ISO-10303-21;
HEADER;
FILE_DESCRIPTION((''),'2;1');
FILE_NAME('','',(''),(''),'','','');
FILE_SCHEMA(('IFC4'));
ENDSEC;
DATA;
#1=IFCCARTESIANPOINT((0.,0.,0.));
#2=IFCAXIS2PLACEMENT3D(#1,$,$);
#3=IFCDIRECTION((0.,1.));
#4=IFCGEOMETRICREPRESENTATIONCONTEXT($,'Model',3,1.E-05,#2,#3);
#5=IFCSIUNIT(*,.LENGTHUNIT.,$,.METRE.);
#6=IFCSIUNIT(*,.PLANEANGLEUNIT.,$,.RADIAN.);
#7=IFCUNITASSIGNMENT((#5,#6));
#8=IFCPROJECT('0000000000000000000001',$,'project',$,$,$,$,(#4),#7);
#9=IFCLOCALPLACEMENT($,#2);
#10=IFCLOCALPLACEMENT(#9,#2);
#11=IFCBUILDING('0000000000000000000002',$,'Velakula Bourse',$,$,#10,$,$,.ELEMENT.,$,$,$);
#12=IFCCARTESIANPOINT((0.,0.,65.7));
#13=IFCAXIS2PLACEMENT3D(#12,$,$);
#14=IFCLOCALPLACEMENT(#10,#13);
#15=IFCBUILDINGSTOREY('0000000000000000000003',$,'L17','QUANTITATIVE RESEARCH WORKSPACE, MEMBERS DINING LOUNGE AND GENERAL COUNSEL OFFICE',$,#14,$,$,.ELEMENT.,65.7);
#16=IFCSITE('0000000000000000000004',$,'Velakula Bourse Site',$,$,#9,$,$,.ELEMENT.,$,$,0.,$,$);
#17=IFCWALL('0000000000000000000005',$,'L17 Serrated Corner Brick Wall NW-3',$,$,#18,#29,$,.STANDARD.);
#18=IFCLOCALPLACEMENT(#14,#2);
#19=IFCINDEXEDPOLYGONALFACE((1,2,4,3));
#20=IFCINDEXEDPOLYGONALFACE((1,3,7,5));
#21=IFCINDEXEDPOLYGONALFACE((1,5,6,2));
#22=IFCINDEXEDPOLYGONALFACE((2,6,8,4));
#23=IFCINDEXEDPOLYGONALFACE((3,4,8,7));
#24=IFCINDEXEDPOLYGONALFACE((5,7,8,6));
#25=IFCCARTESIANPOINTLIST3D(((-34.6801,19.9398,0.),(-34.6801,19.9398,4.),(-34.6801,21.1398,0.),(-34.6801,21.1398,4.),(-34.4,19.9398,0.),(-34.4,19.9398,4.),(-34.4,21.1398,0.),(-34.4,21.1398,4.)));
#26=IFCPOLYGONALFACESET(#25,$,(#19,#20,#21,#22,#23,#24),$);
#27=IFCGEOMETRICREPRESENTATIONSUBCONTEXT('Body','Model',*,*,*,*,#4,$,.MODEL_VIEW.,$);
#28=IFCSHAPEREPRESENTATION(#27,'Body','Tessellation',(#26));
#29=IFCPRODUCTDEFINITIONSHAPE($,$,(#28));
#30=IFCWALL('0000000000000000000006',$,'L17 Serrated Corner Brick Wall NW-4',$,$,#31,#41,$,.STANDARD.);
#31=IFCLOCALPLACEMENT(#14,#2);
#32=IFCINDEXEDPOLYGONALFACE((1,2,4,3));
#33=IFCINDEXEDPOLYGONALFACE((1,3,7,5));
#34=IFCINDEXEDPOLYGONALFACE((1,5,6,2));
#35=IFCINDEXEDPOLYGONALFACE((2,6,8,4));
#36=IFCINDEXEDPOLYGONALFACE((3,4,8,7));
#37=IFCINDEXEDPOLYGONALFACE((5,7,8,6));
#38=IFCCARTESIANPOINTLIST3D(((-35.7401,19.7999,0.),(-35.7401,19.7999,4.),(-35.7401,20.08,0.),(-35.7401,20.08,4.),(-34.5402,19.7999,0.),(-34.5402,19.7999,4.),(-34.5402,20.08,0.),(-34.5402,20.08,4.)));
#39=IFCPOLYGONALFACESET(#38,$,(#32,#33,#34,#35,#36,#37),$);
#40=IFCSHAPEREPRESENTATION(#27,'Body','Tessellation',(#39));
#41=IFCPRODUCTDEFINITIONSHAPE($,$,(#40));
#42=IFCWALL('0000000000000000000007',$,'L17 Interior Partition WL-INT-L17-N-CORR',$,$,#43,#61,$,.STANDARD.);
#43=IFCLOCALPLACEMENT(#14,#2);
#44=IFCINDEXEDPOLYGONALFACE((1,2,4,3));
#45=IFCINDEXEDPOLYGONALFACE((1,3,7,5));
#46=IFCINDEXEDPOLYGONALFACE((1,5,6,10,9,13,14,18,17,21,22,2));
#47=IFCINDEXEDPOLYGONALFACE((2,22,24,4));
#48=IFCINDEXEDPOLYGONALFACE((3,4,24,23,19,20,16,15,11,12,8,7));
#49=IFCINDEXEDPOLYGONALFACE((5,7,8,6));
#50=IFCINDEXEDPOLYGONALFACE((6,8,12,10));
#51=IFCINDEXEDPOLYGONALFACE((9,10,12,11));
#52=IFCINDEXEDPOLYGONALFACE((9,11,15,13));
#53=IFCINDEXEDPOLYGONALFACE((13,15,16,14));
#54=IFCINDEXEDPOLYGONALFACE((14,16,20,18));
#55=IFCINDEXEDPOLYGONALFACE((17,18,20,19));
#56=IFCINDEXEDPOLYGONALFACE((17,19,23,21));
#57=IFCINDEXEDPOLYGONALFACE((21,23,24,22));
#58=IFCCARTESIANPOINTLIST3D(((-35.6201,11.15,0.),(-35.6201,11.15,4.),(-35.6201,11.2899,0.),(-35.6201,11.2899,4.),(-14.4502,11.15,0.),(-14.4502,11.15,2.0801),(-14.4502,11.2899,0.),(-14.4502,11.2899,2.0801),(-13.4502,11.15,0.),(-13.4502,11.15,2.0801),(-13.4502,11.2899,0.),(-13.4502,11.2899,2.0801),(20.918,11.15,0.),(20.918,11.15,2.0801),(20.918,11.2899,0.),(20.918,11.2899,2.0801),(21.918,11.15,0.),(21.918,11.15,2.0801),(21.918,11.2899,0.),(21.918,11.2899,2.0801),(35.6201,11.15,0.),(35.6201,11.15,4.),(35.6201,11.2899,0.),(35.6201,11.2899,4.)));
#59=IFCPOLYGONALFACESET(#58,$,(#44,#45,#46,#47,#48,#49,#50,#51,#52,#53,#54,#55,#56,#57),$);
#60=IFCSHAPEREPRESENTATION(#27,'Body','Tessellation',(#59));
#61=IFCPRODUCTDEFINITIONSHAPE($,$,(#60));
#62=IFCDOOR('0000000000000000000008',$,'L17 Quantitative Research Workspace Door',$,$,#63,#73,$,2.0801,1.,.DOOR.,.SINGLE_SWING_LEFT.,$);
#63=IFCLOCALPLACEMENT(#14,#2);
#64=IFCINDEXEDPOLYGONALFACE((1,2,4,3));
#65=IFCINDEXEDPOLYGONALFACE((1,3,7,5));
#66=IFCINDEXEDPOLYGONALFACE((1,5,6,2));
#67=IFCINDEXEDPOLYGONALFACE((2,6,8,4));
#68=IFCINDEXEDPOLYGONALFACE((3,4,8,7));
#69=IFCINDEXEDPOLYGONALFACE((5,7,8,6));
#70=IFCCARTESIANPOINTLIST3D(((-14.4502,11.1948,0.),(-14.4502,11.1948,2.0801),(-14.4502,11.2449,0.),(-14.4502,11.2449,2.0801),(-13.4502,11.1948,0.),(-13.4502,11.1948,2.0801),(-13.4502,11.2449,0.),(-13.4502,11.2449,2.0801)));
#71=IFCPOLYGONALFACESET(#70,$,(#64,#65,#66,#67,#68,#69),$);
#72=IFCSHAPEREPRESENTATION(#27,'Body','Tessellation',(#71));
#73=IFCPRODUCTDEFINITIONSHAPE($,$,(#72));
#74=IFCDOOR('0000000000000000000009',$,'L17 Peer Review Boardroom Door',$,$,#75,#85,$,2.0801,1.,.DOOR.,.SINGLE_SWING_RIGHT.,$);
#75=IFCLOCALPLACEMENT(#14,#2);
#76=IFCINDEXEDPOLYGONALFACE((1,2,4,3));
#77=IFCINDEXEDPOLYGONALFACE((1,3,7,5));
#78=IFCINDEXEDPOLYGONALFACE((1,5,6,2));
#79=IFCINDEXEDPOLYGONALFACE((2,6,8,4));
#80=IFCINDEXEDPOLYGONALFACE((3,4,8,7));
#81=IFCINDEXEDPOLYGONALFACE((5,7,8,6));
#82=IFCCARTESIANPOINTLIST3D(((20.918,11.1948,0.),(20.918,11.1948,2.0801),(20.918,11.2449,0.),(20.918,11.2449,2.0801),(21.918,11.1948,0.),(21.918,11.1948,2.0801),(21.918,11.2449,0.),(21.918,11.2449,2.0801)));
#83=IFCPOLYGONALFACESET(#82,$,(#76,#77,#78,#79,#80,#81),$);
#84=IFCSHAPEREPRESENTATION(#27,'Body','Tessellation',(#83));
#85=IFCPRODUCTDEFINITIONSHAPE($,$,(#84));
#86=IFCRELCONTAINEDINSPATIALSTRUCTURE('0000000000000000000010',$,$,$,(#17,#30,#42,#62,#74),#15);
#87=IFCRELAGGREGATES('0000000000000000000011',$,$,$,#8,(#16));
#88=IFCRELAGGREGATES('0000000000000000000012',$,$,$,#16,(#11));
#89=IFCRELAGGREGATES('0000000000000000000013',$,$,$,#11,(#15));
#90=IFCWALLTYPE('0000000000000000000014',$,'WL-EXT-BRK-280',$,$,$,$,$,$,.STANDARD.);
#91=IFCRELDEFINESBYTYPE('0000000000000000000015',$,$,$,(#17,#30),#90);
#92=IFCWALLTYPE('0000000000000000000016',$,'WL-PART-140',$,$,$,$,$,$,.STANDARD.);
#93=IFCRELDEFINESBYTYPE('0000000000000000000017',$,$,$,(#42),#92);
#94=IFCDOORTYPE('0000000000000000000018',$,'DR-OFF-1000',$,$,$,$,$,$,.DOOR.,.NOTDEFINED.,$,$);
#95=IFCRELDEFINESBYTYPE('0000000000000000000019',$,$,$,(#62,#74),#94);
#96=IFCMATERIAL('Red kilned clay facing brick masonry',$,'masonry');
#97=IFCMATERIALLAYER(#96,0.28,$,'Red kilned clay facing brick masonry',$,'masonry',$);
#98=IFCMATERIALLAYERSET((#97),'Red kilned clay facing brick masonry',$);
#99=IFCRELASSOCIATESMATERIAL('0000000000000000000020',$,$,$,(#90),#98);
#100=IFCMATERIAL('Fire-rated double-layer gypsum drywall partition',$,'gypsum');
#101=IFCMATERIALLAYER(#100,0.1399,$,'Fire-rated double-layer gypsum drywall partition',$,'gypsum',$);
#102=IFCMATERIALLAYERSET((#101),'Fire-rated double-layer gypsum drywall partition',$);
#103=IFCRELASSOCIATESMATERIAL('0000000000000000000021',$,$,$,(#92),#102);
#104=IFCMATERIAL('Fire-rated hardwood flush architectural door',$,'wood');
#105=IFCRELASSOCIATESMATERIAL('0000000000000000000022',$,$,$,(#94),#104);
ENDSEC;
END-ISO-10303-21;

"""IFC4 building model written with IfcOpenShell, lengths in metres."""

from ifc_helpers import new_model, si_unit, direction, frame, frame_2d, origin, place, context, subcontext, project, spatial, rectangle, extrude, material, layer, layer_set, type_object, element, fill, save


model = new_model("IFC4")

# Units and contexts
model_context = context("Model", 3, precision=1e-05, world=origin(), true_north=direction((0.0, 1.0)))
body_context = subcontext(model_context, "Body", "Model", "MODEL_VIEW")
ifc_project = project(units=[si_unit("LENGTHUNIT", "METRE"), si_unit("PLANEANGLEUNIT", "RADIAN")], contexts=[model_context])

# Site, building, storey
site_placement = place(None, origin())
site = spatial("IfcSite", under=ifc_project, at=site_placement, Name="Velakula Bourse Site", CompositionType="ELEMENT", RefElevation=0.0)
building_placement = place(site_placement, origin())
building = spatial("IfcBuilding", under=site, at=building_placement, Name="Velakula Bourse", CompositionType="ELEMENT")
storey_placement = place(building_placement, frame((0.0, 0.0, 65.7)))
storey = spatial("IfcBuildingStorey", under=building, at=storey_placement, Name="L17", Description="QUANTITATIVE RESEARCH WORKSPACE, MEMBERS DINING LOUNGE AND GENERAL COUNSEL OFFICE", CompositionType="ELEMENT", Elevation=65.7)

# Walls
ifc_material_1 = material(Name="Red kilned clay facing brick masonry", Category="masonry")
ifc_layer_1 = layer(ifc_material_1, 0.28, Name="Red kilned clay facing brick masonry", Category="masonry")
ifc_layer_set_1 = layer_set([ifc_layer_1], Name="Red kilned clay facing brick masonry")
wall_type_1 = type_object("IfcWallType", Name="WL-EXT-BRK-280", PredefinedType="STANDARD", material=ifc_layer_set_1)
for number, where, z_axis, x_axis, name in (
    (1, (-34.54, 21.1399, 0.0), (0.0, 0.0, 1.0), (0.0, -1.0, 0.0), "L17 Serrated Corner Brick Wall NW-3"),
    (2, (-34.54, 19.9399, 0.0), (0.0, 0.0, 1.0), (-1.0, 0.0, 0.0), "L17 Serrated Corner Brick Wall NW-4"),
):
    element("IfcWall", number, at=place(storey_placement, frame(where, z_axis=z_axis, x_axis=x_axis)), inside=storey, type_object=wall_type_1, Name=name, PredefinedType="STANDARD", context=body_context, shape_type="SweptSolid", body=[
        extrude(rectangle(XDim=1.2, YDim=0.28, at=frame_2d((0.6001, 0.0))), origin(), (0.0, 0.0, 1.0), 4.0),
    ])

# Wall, openings, doors
ifc_material_2 = material(Name="Fire-rated double-layer gypsum drywall partition", Category="gypsum")
ifc_layer_2 = layer(ifc_material_2, 0.1399, Name="Fire-rated double-layer gypsum drywall partition", Category="gypsum")
ifc_layer_set_2 = layer_set([ifc_layer_2], Name="Fire-rated double-layer gypsum drywall partition")
wall_type_2 = type_object("IfcWallType", Name="WL-PART-140", PredefinedType="STANDARD", material=ifc_layer_set_2)
wall_1_placement = place(storey_placement, frame((-35.6201, 11.22, 0.0), z_axis=(0.0, 0.0, 1.0), x_axis=(1.0, 0.0, 0.0)))
wall_1 = element("IfcWall", 3, at=wall_1_placement, inside=storey, type_object=wall_type_2, Name="L17 Interior Partition WL-INT-L17-N-CORR", PredefinedType="STANDARD", context=body_context, shape_type="SweptSolid", body=[
    extrude(rectangle(XDim=71.2402, YDim=0.1399, at=frame_2d((35.6201, 0.0))), origin(), (0.0, 0.0, 1.0), 4.0),
])
opening_1_placement = place(wall_1_placement, frame((21.1699, 0.0, 0.0)))
opening_1 = element("IfcOpeningElement", 4, at=opening_1_placement, cuts=wall_1, PredefinedType="OPENING", context=body_context, shape_type="SweptSolid", body=[
    extrude(rectangle(XDim=1.0, YDim=2.0801, at=frame_2d((0.5, 1.04))), frame((0.0, 0.0798, 0.0), z_axis=(0.0, -1.0, 0.0), x_axis=(1.0, 0.0, 0.0)), (0.0, 0.0, 1.0), 0.1599),
])
opening_2_placement = place(wall_1_placement, frame((56.5381, 0.0, 0.0)))
opening_2 = element("IfcOpeningElement", 5, at=opening_2_placement, cuts=wall_1, PredefinedType="OPENING", context=body_context, shape_type="SweptSolid", body=[
    extrude(rectangle(XDim=1.0, YDim=2.0801, at=frame_2d((0.5, 1.04))), frame((0.0, 0.0798, 0.0), z_axis=(0.0, -1.0, 0.0), x_axis=(1.0, 0.0, 0.0)), (0.0, 0.0, 1.0), 0.1599),
])
ifc_material_3 = material(Name="Fire-rated hardwood flush architectural door", Category="wood")
door_type = type_object("IfcDoorType", Name="DR-OFF-1000", OperationType="NOTDEFINED", PredefinedType="DOOR", material=ifc_material_3)
door_1_placement = place(opening_1_placement, origin())
door_1 = element("IfcDoor", 6, at=door_1_placement, inside=storey, type_object=door_type, Name="L17 Quantitative Research Workspace Door", OperationType="SINGLE_SWING_LEFT", OverallHeight=2.0801, OverallWidth=1.0, PredefinedType="DOOR", context=body_context, shape_type="SweptSolid", body=[
    extrude(rectangle(XDim=1.0, YDim=2.0801, at=frame_2d((0.5, 1.04))), frame((0.0, 0.0249, 0.0), z_axis=(0.0, -1.0, 0.0), x_axis=(1.0, 0.0, 0.0)), (0.0, 0.0, 1.0), 0.05),
])
fill(opening_1, door_1)
door_2_placement = place(opening_2_placement, origin())
door_2 = element("IfcDoor", 7, at=door_2_placement, inside=storey, type_object=door_type, Name="L17 Peer Review Boardroom Door", OperationType="SINGLE_SWING_RIGHT", OverallHeight=2.0801, OverallWidth=1.0, PredefinedType="DOOR", context=body_context, shape_type="SweptSolid", body=[
    extrude(rectangle(XDim=1.0, YDim=2.0801, at=frame_2d((0.5, 1.04))), frame((0.0, 0.0249, 0.0), z_axis=(0.0, -1.0, 0.0), x_axis=(1.0, 0.0, 0.0)), (0.0, 0.0, 1.0), 0.05),
])
fill(opening_2, door_2)

save(model, "model.ifc")
